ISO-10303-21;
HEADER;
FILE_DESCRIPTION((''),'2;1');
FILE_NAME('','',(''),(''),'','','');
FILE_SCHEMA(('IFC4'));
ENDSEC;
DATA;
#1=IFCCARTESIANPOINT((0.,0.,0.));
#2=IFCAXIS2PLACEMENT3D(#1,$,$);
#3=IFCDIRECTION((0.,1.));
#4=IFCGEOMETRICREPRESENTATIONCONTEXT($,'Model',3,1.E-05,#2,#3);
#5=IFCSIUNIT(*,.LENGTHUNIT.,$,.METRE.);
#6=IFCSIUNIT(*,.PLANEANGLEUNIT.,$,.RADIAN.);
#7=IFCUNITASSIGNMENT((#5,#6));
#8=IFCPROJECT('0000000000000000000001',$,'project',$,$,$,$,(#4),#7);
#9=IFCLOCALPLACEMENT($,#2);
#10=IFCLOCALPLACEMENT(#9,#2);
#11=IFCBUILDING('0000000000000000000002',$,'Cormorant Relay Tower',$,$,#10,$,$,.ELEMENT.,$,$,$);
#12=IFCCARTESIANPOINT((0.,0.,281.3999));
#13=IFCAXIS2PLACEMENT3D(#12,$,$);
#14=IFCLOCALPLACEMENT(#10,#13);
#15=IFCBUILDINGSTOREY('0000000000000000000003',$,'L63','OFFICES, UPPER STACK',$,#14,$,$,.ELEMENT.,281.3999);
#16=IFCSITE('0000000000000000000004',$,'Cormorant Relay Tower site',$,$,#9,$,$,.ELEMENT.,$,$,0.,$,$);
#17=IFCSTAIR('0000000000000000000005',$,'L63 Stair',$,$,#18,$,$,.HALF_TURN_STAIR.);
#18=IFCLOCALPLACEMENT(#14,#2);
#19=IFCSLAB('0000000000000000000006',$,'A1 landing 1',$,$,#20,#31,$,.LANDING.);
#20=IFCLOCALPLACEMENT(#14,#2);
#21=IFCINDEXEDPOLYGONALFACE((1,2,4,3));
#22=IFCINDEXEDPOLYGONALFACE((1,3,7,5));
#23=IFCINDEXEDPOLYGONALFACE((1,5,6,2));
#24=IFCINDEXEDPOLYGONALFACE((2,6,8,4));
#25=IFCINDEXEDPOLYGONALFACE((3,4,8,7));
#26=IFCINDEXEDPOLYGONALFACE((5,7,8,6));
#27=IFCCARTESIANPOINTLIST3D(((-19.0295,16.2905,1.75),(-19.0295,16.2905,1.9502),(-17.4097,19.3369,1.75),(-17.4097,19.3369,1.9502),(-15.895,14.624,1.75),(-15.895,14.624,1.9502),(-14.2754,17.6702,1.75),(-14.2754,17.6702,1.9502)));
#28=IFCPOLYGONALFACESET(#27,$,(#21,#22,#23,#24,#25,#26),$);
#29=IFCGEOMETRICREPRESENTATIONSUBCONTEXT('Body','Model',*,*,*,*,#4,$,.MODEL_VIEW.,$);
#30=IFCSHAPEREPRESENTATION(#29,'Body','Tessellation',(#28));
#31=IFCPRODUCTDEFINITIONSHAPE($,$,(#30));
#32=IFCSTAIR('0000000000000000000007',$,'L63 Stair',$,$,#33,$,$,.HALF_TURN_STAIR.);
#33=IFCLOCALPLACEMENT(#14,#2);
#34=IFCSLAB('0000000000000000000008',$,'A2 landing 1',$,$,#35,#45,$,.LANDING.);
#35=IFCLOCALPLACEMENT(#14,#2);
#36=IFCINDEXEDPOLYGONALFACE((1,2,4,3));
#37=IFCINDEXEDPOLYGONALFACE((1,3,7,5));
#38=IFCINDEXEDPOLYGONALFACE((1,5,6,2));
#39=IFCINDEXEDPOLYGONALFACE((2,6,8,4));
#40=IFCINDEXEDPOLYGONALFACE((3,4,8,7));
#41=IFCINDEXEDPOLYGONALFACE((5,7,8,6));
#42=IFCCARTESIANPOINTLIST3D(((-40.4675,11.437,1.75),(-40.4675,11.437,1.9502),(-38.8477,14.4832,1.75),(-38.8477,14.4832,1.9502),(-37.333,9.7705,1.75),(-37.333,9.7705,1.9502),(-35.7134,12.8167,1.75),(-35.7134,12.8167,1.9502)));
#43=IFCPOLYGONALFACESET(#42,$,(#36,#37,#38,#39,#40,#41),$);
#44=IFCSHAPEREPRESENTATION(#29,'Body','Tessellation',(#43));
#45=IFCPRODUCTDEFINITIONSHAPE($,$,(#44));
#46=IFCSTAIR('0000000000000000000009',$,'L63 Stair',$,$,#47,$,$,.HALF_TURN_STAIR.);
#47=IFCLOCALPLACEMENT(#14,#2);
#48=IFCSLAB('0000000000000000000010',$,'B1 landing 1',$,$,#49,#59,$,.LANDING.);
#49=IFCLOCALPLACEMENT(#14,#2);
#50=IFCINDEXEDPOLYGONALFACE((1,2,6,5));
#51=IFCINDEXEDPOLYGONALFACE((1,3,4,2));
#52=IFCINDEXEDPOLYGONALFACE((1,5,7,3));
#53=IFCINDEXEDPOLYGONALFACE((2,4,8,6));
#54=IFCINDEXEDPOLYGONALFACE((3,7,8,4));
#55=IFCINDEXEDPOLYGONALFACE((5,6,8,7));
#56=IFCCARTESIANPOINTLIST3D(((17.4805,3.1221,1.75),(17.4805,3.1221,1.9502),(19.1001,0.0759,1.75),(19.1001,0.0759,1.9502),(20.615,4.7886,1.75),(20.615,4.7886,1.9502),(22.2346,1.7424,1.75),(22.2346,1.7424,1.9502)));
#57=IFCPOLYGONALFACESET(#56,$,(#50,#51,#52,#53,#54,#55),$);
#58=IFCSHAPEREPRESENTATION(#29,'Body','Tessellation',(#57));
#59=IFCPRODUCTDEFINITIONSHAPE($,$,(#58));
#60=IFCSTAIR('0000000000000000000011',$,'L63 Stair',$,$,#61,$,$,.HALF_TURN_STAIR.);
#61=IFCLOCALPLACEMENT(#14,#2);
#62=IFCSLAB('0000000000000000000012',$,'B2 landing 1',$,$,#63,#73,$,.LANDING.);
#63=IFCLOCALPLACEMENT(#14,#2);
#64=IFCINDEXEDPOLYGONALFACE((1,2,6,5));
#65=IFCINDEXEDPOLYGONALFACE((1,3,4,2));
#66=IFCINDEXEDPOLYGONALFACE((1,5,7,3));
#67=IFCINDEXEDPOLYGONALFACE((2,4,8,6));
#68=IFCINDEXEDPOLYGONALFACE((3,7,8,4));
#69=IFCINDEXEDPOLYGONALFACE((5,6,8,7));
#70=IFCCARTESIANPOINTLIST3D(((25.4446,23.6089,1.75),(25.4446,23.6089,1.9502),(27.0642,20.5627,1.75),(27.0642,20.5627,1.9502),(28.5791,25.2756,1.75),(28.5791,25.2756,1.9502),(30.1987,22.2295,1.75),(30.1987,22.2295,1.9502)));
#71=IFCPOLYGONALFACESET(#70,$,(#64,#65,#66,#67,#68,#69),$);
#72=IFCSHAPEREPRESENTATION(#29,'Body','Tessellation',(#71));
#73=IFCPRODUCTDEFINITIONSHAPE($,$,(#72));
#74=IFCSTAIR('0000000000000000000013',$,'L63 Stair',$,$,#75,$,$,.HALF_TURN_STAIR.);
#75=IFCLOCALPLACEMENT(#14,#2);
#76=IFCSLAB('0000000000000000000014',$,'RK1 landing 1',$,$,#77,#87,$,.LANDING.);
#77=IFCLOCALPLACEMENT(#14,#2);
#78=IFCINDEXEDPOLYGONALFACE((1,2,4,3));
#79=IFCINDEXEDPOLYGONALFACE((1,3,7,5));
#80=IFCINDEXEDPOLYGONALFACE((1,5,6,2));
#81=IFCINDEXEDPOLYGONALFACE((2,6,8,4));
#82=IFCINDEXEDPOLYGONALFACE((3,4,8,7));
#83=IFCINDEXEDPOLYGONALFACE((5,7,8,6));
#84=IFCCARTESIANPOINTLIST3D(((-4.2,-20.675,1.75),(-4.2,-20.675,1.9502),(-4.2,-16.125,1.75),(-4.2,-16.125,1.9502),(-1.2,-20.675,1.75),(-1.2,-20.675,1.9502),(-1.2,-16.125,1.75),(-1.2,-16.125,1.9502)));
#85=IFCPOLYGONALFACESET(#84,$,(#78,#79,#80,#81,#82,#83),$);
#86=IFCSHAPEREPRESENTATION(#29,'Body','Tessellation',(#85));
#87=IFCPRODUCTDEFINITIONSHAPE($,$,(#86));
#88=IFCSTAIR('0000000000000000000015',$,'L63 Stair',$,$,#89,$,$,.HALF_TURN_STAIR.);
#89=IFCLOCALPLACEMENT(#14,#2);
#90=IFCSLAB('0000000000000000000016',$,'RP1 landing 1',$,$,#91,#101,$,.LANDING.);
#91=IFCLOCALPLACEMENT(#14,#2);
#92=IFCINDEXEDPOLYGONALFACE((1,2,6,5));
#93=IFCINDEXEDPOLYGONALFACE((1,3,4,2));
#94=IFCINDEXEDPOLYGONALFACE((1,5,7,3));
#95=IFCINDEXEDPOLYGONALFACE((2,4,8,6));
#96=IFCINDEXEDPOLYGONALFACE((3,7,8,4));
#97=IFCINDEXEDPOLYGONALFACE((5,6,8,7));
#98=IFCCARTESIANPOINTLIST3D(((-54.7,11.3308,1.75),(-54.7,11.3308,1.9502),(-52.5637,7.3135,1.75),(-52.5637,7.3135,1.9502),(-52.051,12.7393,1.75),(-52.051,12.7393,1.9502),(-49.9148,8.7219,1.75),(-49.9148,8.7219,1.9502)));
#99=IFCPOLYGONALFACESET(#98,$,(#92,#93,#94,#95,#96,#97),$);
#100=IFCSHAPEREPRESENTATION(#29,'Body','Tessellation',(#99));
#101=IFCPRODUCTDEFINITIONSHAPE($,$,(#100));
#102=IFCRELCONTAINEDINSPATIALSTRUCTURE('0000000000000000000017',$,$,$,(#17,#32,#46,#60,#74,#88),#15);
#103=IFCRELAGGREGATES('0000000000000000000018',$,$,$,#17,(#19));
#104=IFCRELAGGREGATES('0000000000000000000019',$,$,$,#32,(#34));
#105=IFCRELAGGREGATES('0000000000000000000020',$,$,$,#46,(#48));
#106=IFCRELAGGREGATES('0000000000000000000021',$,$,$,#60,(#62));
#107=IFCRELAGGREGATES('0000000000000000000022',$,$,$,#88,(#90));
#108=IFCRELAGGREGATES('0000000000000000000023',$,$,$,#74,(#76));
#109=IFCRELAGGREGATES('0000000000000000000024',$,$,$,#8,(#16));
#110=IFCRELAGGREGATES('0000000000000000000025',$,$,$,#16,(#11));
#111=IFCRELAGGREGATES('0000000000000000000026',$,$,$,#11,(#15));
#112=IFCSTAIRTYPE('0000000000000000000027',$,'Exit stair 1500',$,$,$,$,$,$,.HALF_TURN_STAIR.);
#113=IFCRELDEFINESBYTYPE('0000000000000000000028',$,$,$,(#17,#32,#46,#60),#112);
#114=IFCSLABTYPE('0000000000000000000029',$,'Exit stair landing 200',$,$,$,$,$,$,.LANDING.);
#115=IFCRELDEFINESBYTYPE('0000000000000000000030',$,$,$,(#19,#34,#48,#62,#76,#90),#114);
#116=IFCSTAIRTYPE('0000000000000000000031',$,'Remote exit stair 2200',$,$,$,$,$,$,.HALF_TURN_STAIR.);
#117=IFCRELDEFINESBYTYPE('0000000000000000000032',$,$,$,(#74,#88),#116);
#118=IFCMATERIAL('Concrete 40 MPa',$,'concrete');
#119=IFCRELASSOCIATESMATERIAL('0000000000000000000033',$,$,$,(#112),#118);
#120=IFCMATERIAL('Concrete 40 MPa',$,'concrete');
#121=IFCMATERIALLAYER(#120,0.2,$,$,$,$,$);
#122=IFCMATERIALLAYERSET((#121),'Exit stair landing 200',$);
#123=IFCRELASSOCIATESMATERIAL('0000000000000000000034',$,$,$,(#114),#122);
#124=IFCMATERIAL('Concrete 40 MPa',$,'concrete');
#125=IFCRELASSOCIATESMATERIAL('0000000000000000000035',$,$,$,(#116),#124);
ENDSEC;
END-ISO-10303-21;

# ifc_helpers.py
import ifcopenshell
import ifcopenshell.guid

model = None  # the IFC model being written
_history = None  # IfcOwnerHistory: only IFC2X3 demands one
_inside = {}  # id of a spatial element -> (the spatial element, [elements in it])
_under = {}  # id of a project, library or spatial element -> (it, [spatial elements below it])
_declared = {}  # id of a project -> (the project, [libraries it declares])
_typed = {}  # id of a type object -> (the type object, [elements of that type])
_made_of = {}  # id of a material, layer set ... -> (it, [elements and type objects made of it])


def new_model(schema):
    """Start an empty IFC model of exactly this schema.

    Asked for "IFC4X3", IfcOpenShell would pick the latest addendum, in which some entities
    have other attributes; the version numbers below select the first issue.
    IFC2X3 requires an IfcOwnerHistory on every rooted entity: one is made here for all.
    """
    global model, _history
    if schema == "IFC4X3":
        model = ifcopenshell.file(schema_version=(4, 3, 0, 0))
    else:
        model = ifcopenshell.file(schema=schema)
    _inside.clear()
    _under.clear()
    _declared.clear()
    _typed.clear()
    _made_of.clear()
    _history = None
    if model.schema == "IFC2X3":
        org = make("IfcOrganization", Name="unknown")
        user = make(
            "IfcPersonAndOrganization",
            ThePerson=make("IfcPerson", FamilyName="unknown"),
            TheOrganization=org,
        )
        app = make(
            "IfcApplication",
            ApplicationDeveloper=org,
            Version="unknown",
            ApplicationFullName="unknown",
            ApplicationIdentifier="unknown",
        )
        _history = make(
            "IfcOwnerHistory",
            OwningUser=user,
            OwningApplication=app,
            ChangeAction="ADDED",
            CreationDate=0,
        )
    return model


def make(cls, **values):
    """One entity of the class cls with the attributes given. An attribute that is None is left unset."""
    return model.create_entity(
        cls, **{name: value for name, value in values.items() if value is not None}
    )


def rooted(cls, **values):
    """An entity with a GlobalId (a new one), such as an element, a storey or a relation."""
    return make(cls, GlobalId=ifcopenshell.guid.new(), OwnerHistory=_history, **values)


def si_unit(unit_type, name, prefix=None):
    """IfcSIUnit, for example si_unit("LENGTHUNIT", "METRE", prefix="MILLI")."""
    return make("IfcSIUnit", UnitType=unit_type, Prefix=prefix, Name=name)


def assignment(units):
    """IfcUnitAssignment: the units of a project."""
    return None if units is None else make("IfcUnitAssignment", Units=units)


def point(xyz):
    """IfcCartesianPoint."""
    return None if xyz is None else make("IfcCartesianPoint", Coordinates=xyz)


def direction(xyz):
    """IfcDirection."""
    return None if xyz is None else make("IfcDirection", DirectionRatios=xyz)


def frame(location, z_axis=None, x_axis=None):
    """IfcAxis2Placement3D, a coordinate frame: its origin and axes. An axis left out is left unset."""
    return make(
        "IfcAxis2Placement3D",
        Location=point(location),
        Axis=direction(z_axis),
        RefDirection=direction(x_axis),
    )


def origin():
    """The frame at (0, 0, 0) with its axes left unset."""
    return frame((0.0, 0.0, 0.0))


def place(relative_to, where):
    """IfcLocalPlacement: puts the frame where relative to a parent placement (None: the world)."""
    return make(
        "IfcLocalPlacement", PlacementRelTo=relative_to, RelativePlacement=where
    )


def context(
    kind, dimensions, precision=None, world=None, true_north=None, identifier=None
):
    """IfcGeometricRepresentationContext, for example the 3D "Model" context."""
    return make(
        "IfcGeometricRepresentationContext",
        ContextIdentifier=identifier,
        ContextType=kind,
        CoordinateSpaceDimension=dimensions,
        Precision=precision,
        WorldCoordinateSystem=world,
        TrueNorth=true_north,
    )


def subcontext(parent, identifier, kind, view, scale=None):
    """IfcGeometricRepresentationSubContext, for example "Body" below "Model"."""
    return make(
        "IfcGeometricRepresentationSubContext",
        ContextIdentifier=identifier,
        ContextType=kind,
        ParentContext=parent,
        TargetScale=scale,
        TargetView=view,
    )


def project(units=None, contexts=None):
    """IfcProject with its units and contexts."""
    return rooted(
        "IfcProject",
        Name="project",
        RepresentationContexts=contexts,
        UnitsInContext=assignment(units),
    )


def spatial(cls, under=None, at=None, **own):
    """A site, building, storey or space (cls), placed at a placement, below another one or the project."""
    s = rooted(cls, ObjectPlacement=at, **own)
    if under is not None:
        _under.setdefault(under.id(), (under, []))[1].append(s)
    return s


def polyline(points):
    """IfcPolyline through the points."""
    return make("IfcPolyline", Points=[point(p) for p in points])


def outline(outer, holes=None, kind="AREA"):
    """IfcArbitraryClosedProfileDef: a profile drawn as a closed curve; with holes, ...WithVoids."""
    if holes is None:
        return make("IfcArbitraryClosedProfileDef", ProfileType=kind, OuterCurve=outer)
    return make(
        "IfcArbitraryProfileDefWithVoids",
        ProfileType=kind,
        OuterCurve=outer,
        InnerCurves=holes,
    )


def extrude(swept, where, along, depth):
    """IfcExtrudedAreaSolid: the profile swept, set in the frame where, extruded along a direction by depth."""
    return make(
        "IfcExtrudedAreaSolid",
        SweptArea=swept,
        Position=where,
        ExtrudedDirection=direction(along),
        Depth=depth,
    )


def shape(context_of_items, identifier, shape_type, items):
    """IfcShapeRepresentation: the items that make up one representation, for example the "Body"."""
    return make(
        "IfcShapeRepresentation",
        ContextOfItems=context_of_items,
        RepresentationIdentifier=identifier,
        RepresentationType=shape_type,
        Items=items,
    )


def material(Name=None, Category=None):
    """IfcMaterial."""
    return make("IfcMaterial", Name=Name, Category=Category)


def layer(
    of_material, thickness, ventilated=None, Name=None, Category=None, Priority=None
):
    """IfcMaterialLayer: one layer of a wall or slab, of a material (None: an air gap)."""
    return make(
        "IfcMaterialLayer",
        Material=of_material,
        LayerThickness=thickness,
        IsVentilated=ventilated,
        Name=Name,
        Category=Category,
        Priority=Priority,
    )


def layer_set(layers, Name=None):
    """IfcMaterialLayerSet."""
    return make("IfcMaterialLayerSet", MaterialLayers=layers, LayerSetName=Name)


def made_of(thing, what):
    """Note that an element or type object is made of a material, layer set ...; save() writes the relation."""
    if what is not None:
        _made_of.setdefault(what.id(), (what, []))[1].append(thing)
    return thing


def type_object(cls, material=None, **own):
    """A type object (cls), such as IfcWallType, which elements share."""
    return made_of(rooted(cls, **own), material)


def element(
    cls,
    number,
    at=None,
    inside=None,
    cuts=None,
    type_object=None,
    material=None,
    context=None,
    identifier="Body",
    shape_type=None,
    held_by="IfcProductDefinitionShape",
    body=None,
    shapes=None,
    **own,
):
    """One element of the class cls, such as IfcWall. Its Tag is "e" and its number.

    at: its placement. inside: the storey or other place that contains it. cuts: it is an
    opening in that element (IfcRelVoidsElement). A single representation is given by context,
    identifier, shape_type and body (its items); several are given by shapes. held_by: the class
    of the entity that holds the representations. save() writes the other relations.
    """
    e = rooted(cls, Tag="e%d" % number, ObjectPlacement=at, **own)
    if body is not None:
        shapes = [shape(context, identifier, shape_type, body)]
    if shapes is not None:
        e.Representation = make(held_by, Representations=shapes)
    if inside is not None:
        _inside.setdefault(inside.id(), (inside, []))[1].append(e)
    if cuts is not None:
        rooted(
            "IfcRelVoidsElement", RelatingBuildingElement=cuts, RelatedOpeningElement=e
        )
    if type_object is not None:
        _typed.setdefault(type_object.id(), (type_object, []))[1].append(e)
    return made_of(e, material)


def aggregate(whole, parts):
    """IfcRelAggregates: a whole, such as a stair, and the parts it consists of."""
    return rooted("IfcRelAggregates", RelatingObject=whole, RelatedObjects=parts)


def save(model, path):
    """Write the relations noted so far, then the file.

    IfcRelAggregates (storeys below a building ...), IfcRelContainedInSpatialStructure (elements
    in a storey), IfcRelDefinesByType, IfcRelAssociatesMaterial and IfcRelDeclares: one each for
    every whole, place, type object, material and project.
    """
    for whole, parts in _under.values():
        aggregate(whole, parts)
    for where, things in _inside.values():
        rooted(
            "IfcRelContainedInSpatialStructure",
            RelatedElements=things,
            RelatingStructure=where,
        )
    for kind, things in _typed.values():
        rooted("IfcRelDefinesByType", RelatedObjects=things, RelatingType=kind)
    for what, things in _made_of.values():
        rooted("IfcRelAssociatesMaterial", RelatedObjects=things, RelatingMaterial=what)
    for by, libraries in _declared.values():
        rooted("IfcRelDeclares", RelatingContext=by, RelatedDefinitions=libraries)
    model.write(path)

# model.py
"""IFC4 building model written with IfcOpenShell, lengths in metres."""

from ifc_helpers import new_model, si_unit, direction, frame, origin, place, context, subcontext, project, spatial, polyline, outline, extrude, material, layer, layer_set, type_object, element, aggregate, save


model = new_model("IFC4")

# Units and contexts
model_context = context("Model", 3, precision=1e-05, world=origin(), true_north=direction((0.0, 1.0)))
body_context = subcontext(model_context, "Body", "Model", "MODEL_VIEW")
ifc_project = project(units=[si_unit("LENGTHUNIT", "METRE"), si_unit("PLANEANGLEUNIT", "RADIAN")], contexts=[model_context])

# Site, building, storey
site_placement = place(None, origin())
site = spatial("IfcSite", under=ifc_project, at=site_placement, Name="Cormorant Relay Tower site", CompositionType="ELEMENT", RefElevation=0.0)
building_placement = place(site_placement, origin())
building = spatial("IfcBuilding", under=site, at=building_placement, Name="Cormorant Relay Tower", CompositionType="ELEMENT")
storey_placement = place(building_placement, frame((0.0, 0.0, 281.3999)))
storey = spatial("IfcBuildingStorey", under=building, at=storey_placement, Name="L63", Description="OFFICES, UPPER STACK", CompositionType="ELEMENT", Elevation=281.3999)

# Stairs, slabs
ifc_material_1 = material(Name="Concrete 40 MPa", Category="concrete")
stair_type_1 = type_object("IfcStairType", Name="Exit stair 1500", PredefinedType="HALF_TURN_STAIR", material=ifc_material_1)
stair_1_placement = place(storey_placement, origin())
stair_1 = element("IfcStair", 1, at=stair_1_placement, inside=storey, type_object=stair_type_1, Name="L63 Stair", PredefinedType="HALF_TURN_STAIR")
ifc_material_2 = material(Name="Concrete 40 MPa", Category="concrete")
ifc_layer_1 = layer(ifc_material_2, 0.2)
ifc_layer_set_1 = layer_set([ifc_layer_1], Name="Exit stair landing 200")
slab_type_1 = type_object("IfcSlabType", Name="Exit stair landing 200", PredefinedType="LANDING", material=ifc_layer_set_1)
slab_1_placement = place(storey_placement, frame((0.0, 0.0, 1.75)))
slab_1 = element("IfcSlab", 2, at=slab_1_placement, type_object=slab_type_1, Name="A1 landing 1", PredefinedType="LANDING", context=body_context, shape_type="SweptSolid", body=[
    extrude(outline(polyline([(-19.0295, 16.2905), (-15.895, 14.624), (-14.2754, 17.6702), (-17.4097, 19.3369), (-19.0295, 16.2905)])), origin(), (0.0, 0.0, 1.0), 0.2002),
])
aggregate(stair_1, [slab_1])
stair_2_placement = place(storey_placement, origin())
stair_2 = element("IfcStair", 3, at=stair_2_placement, inside=storey, type_object=stair_type_1, Name="L63 Stair", PredefinedType="HALF_TURN_STAIR")
slab_2_placement = place(storey_placement, frame((0.0, 0.0, 1.75)))
slab_2 = element("IfcSlab", 4, at=slab_2_placement, type_object=slab_type_1, Name="A2 landing 1", PredefinedType="LANDING", context=body_context, shape_type="SweptSolid", body=[
    extrude(outline(polyline([(-35.7134, 12.8167), (-38.8477, 14.4832), (-40.4675, 11.437), (-37.333, 9.7705), (-35.7134, 12.8167)])), origin(), (0.0, 0.0, 1.0), 0.2002),
])
aggregate(stair_2, [slab_2])
stair_3_placement = place(storey_placement, origin())
stair_3 = element("IfcStair", 5, at=stair_3_placement, inside=storey, type_object=stair_type_1, Name="L63 Stair", PredefinedType="HALF_TURN_STAIR")
slab_3_placement = place(storey_placement, frame((0.0, 0.0, 1.75)))
slab_3 = element("IfcSlab", 6, at=slab_3_placement, type_object=slab_type_1, Name="B1 landing 1", PredefinedType="LANDING", context=body_context, shape_type="SweptSolid", body=[
    extrude(outline(polyline([(20.615, 4.7886), (17.4805, 3.1221), (19.1001, 0.0759), (22.2346, 1.7424), (20.615, 4.7886)])), origin(), (0.0, 0.0, 1.0), 0.2002),
])
aggregate(stair_3, [slab_3])
stair_4_placement = place(storey_placement, origin())
stair_4 = element("IfcStair", 7, at=stair_4_placement, inside=storey, type_object=stair_type_1, Name="L63 Stair", PredefinedType="HALF_TURN_STAIR")
slab_4_placement = place(storey_placement, frame((0.0, 0.0, 1.75)))
slab_4 = element("IfcSlab", 8, at=slab_4_placement, type_object=slab_type_1, Name="B2 landing 1", PredefinedType="LANDING", context=body_context, shape_type="SweptSolid", body=[
    extrude(outline(polyline([(27.0642, 20.5627), (30.1987, 22.2295), (28.5791, 25.2756), (25.4446, 23.6089), (27.0642, 20.5627)])), origin(), (0.0, 0.0, 1.0), 0.2002),
])
aggregate(stair_4, [slab_4])
ifc_material_3 = material(Name="Concrete 40 MPa", Category="concrete")
stair_type_2 = type_object("IfcStairType", Name="Remote exit stair 2200", PredefinedType="HALF_TURN_STAIR", material=ifc_material_3)
stair_5_placement = place(storey_placement, origin())
stair_5 = element("IfcStair", 9, at=stair_5_placement, inside=storey, type_object=stair_type_2, Name="L63 Stair", PredefinedType="HALF_TURN_STAIR")
slab_5_placement = place(storey_placement, frame((0.0, 0.0, 1.75)))
slab_5 = element("IfcSlab", 10, at=slab_5_placement, type_object=slab_type_1, Name="RK1 landing 1", PredefinedType="LANDING", context=body_context, shape_type="SweptSolid", body=[
    extrude(outline(polyline([(-1.2, -16.125), (-4.2, -16.125), (-4.2, -20.675), (-1.2, -20.675), (-1.2, -16.125)])), origin(), (0.0, 0.0, 1.0), 0.2002),
])
stair_6_placement = place(storey_placement, origin())
stair_6 = element("IfcStair", 11, at=stair_6_placement, inside=storey, type_object=stair_type_2, Name="L63 Stair", PredefinedType="HALF_TURN_STAIR")
slab_6_placement = place(storey_placement, frame((0.0, 0.0, 1.75)))
slab_6 = element("IfcSlab", 12, at=slab_6_placement, type_object=slab_type_1, Name="RP1 landing 1", PredefinedType="LANDING", context=body_context, shape_type="SweptSolid", body=[
    extrude(outline(polyline([(-52.051, 12.7393), (-54.7, 11.3308), (-52.5637, 7.3135), (-49.9148, 8.7219), (-52.051, 12.7393)])), origin(), (0.0, 0.0, 1.0), 0.2002),
])
aggregate(stair_6, [slab_6])

aggregate(stair_5, [slab_5])

save(model, "model.ifc")
